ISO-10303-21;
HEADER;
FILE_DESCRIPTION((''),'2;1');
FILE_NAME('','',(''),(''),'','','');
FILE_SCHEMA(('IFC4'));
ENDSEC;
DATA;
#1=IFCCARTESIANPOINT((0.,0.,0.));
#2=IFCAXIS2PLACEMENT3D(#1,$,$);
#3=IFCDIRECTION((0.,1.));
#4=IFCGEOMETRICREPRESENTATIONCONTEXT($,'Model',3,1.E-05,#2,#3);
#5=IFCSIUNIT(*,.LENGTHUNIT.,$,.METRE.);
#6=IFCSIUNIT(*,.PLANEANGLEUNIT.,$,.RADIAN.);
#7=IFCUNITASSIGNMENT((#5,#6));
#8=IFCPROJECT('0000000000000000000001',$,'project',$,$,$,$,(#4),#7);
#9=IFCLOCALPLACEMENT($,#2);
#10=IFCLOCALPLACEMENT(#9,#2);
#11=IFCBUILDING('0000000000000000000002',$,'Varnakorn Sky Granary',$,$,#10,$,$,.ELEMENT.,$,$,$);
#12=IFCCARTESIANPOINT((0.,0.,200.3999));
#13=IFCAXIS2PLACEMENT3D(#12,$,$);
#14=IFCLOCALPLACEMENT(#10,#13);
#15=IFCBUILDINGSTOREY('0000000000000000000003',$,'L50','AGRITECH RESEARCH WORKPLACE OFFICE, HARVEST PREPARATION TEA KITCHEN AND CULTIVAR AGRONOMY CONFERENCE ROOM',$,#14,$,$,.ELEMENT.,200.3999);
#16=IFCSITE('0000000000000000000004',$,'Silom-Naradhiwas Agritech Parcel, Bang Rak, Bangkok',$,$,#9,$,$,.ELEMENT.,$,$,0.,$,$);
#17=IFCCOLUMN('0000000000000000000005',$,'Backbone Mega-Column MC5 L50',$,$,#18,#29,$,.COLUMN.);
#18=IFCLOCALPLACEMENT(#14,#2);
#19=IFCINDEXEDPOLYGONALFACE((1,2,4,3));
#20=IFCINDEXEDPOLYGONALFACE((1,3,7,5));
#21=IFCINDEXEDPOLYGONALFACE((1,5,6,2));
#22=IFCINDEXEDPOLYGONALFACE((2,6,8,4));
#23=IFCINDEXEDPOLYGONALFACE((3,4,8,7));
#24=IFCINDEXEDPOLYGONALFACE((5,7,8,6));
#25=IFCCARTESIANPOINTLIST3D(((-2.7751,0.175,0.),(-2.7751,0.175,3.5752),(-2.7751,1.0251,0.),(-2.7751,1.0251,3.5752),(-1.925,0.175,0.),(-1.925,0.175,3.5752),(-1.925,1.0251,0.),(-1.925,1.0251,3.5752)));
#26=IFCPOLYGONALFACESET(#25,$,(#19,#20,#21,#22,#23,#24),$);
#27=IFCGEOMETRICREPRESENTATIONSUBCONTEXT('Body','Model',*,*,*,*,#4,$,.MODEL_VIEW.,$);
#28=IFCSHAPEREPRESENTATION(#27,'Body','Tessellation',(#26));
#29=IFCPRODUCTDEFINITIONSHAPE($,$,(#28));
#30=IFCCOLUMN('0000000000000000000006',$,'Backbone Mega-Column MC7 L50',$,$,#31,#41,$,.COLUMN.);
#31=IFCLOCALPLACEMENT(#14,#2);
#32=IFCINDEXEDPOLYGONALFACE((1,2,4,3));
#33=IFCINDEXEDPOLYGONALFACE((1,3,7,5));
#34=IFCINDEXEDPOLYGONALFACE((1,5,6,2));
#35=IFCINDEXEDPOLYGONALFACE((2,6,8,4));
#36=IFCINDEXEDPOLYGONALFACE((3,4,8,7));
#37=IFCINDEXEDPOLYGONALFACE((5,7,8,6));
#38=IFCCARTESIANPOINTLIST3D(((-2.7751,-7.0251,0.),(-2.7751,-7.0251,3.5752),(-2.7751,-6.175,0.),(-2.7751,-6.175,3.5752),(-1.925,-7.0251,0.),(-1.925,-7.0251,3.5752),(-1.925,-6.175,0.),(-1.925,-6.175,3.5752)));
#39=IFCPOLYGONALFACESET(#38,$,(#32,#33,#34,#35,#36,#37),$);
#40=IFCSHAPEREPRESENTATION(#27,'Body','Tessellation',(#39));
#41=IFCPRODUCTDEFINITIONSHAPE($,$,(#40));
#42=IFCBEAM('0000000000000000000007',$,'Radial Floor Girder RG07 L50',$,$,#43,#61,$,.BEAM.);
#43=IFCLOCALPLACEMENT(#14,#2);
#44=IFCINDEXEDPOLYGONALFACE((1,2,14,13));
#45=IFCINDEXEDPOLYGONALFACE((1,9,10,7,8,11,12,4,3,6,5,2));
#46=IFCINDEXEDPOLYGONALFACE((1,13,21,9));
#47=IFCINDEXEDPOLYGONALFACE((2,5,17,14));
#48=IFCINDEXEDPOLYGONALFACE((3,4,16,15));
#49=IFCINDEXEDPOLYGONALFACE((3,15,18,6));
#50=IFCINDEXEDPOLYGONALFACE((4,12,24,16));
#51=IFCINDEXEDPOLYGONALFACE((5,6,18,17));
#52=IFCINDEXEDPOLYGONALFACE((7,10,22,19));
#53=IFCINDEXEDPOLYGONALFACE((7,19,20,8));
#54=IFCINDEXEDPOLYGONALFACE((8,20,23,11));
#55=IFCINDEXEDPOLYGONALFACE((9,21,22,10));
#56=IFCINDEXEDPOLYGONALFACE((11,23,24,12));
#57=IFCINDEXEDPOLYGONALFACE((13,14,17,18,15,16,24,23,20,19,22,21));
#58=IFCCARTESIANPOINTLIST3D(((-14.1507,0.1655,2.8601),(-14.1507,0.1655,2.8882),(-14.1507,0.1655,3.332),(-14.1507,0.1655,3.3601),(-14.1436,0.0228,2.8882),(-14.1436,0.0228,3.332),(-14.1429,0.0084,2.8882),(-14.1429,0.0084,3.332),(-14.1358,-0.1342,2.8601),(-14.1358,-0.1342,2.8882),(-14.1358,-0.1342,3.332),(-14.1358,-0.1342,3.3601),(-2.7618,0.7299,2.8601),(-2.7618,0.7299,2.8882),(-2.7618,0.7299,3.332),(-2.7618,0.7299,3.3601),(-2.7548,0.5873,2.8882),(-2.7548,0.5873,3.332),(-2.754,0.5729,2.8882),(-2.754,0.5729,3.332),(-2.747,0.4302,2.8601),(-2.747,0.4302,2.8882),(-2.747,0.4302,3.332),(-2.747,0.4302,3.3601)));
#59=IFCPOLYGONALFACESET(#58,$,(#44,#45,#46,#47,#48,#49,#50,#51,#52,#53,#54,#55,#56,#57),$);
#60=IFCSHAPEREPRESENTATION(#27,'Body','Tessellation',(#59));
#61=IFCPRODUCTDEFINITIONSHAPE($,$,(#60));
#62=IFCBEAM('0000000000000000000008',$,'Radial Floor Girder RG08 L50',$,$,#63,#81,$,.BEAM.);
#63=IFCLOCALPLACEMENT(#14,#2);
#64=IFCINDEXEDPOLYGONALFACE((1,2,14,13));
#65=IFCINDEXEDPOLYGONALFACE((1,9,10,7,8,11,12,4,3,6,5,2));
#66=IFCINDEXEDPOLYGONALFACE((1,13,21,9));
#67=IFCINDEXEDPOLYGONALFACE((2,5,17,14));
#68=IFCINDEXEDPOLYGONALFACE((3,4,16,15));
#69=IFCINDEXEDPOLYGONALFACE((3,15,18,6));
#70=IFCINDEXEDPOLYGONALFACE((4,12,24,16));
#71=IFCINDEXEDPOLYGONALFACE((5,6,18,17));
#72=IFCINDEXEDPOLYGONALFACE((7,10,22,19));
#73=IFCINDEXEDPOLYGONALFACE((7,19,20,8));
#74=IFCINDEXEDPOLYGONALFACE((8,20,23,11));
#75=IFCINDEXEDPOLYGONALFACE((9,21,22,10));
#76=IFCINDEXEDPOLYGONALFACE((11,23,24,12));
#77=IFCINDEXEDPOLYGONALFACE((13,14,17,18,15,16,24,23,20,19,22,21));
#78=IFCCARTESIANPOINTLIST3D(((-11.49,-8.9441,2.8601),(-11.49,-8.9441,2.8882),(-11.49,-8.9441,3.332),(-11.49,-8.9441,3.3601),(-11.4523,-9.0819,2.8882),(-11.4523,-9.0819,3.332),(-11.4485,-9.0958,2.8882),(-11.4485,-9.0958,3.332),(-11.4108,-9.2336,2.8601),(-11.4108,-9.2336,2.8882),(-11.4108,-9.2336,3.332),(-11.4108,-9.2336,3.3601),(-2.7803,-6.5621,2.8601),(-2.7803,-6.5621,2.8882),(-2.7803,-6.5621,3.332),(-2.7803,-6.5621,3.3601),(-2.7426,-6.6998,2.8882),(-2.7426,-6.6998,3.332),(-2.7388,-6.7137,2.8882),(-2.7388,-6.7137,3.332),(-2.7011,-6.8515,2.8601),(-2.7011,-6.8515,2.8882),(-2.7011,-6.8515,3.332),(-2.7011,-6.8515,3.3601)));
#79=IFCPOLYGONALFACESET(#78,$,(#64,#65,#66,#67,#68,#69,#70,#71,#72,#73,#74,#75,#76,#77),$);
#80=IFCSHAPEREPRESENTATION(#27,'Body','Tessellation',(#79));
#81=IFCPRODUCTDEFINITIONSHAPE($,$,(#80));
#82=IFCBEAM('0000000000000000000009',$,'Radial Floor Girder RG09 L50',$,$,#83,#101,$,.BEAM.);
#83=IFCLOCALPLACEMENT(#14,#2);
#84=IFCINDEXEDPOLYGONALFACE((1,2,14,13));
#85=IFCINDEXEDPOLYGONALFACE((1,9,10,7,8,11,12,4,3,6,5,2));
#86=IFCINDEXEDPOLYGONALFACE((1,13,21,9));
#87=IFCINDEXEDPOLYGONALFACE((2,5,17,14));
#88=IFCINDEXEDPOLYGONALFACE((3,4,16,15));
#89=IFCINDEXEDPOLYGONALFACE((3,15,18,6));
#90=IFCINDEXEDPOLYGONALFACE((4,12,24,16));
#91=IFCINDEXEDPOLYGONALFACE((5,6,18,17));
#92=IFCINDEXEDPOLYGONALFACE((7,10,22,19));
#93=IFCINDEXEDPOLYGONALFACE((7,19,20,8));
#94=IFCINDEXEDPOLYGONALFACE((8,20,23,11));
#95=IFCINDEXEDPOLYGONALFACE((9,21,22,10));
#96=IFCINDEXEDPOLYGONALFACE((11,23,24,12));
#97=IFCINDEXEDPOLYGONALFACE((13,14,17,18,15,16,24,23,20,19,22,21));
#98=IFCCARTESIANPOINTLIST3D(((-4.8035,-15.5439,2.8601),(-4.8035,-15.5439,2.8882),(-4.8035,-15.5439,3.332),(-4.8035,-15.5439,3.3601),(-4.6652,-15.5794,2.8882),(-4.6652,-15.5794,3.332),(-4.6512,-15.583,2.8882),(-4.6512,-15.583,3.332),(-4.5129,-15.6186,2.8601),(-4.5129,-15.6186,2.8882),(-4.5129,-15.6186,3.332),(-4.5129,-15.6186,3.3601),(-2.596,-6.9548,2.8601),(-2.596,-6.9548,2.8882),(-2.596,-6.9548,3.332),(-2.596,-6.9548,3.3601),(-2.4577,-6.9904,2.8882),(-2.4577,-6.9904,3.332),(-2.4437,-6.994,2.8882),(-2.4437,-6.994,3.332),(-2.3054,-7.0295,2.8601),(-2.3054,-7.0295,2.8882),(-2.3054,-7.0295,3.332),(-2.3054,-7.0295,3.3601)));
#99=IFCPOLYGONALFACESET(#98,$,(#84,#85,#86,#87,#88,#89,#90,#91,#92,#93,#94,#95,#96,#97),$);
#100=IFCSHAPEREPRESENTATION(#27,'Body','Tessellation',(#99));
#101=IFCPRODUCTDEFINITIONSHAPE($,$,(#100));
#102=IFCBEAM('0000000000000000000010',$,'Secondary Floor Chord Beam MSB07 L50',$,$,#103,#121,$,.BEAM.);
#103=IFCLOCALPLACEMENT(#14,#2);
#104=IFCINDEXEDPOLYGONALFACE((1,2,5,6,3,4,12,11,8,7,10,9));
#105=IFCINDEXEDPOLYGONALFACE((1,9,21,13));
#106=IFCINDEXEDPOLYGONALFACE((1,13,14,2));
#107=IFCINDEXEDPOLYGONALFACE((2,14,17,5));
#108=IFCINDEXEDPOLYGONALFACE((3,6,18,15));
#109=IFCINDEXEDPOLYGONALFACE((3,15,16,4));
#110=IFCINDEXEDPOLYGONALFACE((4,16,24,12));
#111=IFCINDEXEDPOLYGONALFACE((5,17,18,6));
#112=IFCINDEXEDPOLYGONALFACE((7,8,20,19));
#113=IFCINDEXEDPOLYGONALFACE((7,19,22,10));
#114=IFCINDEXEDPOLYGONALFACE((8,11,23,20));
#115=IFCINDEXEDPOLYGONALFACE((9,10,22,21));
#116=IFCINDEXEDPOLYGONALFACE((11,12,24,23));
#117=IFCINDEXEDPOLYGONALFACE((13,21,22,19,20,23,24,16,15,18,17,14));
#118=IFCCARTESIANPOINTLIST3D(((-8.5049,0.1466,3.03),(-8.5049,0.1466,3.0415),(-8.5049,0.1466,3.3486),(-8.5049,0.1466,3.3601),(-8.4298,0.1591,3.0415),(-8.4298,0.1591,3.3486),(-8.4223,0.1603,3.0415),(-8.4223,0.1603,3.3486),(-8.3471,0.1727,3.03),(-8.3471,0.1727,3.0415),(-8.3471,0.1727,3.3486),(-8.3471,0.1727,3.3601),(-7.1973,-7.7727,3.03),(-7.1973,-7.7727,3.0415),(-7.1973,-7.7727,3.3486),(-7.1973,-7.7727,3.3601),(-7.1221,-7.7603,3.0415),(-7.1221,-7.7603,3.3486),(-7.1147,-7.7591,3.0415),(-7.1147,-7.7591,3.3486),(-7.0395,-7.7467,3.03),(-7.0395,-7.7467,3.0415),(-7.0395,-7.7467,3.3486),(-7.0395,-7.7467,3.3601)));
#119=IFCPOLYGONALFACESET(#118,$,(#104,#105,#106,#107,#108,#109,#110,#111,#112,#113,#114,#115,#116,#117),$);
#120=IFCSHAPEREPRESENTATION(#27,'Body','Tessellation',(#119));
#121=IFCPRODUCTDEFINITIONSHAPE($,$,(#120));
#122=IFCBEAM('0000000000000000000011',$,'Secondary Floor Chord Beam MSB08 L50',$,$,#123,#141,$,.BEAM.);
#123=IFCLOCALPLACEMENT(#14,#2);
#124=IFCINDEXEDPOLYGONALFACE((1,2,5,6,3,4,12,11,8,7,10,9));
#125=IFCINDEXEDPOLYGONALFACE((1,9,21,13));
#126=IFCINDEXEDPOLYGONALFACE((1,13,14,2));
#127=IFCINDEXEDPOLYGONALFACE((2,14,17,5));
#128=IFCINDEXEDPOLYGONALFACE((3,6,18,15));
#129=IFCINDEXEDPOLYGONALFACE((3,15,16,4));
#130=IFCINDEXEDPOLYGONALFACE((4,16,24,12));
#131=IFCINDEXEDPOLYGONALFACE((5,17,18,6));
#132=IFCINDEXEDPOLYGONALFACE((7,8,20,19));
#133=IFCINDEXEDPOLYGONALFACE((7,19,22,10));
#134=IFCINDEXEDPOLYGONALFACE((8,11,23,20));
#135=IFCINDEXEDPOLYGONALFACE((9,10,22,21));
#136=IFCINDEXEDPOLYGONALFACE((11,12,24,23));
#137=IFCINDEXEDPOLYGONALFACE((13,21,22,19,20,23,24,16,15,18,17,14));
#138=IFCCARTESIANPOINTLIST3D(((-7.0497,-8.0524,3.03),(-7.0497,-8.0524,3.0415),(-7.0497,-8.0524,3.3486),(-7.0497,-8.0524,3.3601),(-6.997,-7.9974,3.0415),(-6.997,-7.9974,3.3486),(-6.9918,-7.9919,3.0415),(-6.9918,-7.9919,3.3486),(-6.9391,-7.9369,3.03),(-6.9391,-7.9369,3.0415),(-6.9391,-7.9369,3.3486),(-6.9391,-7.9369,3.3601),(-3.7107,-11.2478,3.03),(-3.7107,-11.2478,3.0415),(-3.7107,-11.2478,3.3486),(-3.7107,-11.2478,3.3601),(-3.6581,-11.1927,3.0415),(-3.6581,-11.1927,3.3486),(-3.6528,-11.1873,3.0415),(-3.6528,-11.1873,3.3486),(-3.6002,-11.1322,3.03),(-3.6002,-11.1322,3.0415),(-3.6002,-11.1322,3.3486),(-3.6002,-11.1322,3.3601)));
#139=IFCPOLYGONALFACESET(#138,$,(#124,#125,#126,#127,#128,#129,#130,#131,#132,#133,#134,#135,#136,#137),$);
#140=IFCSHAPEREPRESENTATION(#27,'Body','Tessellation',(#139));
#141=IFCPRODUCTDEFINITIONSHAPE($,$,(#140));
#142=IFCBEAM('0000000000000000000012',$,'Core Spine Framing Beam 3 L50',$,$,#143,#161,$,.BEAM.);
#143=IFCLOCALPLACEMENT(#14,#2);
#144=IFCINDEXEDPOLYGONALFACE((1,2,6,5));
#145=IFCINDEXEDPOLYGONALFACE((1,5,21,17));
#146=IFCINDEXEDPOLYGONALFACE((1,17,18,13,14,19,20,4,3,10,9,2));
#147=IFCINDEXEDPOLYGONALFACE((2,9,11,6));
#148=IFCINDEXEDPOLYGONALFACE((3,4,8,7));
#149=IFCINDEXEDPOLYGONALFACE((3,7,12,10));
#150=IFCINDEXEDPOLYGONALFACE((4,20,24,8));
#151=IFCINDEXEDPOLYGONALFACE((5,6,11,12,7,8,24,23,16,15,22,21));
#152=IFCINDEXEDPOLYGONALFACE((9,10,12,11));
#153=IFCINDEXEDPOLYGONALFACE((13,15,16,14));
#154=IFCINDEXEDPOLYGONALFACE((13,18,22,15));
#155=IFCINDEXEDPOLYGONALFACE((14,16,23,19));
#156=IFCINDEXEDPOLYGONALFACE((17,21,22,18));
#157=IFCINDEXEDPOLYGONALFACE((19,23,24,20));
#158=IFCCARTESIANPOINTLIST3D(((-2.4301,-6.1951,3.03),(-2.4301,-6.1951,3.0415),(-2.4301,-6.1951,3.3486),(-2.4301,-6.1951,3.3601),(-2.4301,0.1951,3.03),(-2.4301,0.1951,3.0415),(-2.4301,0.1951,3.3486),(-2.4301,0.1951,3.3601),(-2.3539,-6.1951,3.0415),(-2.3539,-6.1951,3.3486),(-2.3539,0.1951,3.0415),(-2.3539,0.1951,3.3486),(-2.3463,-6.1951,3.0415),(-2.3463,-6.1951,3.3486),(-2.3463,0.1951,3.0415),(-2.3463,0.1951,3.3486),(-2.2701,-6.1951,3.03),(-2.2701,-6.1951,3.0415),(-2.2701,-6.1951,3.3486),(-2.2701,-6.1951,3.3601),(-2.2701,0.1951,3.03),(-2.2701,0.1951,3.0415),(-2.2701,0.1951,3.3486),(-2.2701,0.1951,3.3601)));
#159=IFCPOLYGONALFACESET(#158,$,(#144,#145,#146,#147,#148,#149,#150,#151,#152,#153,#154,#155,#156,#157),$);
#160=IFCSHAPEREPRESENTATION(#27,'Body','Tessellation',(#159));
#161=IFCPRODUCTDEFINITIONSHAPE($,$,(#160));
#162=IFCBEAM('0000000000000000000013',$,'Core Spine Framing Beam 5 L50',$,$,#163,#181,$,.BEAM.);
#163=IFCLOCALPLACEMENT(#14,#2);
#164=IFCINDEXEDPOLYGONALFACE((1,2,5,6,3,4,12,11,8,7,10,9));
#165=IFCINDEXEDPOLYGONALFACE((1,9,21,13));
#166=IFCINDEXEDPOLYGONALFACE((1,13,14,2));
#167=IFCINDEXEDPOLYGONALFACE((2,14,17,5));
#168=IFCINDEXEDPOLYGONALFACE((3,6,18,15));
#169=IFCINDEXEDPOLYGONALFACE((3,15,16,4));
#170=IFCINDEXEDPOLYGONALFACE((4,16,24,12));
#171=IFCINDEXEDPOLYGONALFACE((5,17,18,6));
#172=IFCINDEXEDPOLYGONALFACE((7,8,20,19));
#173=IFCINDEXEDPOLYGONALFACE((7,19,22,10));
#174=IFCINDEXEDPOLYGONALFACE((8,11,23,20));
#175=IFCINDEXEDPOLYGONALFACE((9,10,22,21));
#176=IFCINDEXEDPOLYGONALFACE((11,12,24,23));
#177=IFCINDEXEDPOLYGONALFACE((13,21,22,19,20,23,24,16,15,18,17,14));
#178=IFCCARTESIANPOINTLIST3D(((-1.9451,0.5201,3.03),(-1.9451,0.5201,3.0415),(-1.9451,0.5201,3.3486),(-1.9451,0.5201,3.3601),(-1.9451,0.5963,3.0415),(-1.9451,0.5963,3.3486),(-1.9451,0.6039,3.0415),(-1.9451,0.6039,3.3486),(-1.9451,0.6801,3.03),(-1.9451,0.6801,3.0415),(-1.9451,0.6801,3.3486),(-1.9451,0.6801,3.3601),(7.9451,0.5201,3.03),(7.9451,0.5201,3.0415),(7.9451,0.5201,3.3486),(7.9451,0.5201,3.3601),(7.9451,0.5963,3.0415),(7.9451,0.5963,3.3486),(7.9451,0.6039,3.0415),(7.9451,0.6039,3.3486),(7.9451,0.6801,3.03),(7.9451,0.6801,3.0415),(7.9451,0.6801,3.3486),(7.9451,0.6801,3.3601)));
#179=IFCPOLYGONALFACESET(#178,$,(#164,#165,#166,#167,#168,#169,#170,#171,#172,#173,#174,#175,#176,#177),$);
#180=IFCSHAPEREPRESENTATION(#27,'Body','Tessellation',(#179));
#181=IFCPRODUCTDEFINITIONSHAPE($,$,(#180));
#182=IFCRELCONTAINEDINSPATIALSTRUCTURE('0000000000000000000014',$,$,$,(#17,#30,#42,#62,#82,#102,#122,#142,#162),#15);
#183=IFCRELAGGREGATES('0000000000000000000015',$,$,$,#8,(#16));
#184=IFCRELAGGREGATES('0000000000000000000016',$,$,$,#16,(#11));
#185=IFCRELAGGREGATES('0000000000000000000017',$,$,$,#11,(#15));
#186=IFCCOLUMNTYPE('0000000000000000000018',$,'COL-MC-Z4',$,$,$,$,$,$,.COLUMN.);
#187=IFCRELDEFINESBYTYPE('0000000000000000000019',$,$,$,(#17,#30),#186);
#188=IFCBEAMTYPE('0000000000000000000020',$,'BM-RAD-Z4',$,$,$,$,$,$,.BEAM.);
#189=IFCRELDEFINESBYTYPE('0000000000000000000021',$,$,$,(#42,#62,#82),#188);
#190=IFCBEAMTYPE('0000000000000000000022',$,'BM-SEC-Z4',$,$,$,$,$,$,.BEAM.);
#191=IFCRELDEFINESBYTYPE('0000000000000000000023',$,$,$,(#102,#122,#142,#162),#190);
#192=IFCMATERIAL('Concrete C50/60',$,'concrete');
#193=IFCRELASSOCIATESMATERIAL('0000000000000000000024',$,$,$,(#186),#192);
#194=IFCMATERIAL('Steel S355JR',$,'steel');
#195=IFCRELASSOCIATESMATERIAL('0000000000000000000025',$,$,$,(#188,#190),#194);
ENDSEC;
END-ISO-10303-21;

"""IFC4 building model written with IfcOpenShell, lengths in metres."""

from ifc_helpers import new_model, si_unit, direction, frame, origin, origin_2d, place, context, subcontext, project, spatial, rectangle, i_section, extrude, material, material_profile, profile_set, type_object, element, save


model = new_model("IFC4")

# Units and contexts
model_context = context("Model", 3, precision=1e-05, world=origin(), true_north=direction((0.0, 1.0)))
body_context = subcontext(model_context, "Body", "Model", "MODEL_VIEW")
ifc_project = project(units=[si_unit("LENGTHUNIT", "METRE"), si_unit("PLANEANGLEUNIT", "RADIAN")], contexts=[model_context])

# Site, building, storey
site_placement = place(None, origin())
site = spatial("IfcSite", under=ifc_project, at=site_placement, Name="Silom-Naradhiwas Agritech Parcel, Bang Rak, Bangkok", CompositionType="ELEMENT", RefElevation=0.0)
building_placement = place(site_placement, origin())
building = spatial("IfcBuilding", under=site, at=building_placement, Name="Varnakorn Sky Granary", CompositionType="ELEMENT")
storey_placement = place(building_placement, frame((0.0, 0.0, 200.3999)))
storey = spatial("IfcBuildingStorey", under=building, at=storey_placement, Name="L50", Description="AGRITECH RESEARCH WORKPLACE OFFICE, HARVEST PREPARATION TEA KITCHEN AND CULTIVAR AGRONOMY CONFERENCE ROOM", CompositionType="ELEMENT", Elevation=200.3999)

# Columns
ifc_material_1 = material(Name="Concrete C50/60", Category="concrete")
ifc_material_profile_1 = material_profile(ifc_material_1, rectangle(XDim=0.8501, YDim=0.8501, at=origin_2d()), Name="RC 850x850")
ifc_profile_set_1 = profile_set([ifc_material_profile_1], Name="Concrete C50/60")
column_type = type_object("IfcColumnType", Name="COL-MC-Z4", PredefinedType="COLUMN", material=ifc_profile_set_1)
for number, where, z_axis, x_axis, name in (
    (1, (-2.3501, 0.6001, 0.0), (0.0, 0.0, 1.0), (1.0, 0.0, 0.0), "Backbone Mega-Column MC5 L50"),
    (2, (-2.3501, -6.6001, 0.0), (0.0, 0.0, 1.0), (1.0, 0.0, 0.0), "Backbone Mega-Column MC7 L50"),
):
    element("IfcColumn", number, at=place(storey_placement, frame(where, z_axis=z_axis, x_axis=x_axis)), inside=storey, type_object=column_type, Name=name, PredefinedType="COLUMN", context=body_context, shape_type="SweptSolid", body=[
        extrude(rectangle(XDim=0.8501, YDim=0.8501, at=origin_2d()), origin(), (0.0, 0.0, 1.0), 3.5752),
    ])

# Beams
ifc_material_2 = material(Name="Steel S355JR", Category="steel")
ifc_material_profile_2 = material_profile(ifc_material_2, i_section(OverallWidth=0.3, OverallDepth=0.5, WebThickness=0.0144, FlangeThickness=0.0281, at=origin_2d()), Name="HE 500 B")
ifc_profile_set_2 = profile_set([ifc_material_profile_2], Name="Steel S355JR")
beam_type_1 = type_object("IfcBeamType", Name="BM-RAD-Z4", PredefinedType="BEAM", material=ifc_profile_set_2)
beam_1_placement = place(storey_placement, frame((-2.7544, 0.5801, 3.1101), z_axis=(-0.998774, -0.049501, 0.0), x_axis=(0.049501, -0.998774, 0.0)))
element("IfcBeam", 3, at=beam_1_placement, inside=storey, type_object=beam_type_1, Name="Radial Floor Girder RG07 L50", PredefinedType="BEAM", context=body_context, shape_type="SweptSolid", body=[
    extrude(i_section(OverallWidth=0.3, OverallDepth=0.5, WebThickness=0.0144, FlangeThickness=0.0281, at=origin_2d()), origin(), (0.0, 0.0, 1.0), 11.4028),
])
beam_2_placement = place(storey_placement, frame((-2.7407, -6.7068, 3.1101), z_axis=(-0.964575, -0.263808, 0.0), x_axis=(0.263808, -0.964575, 0.0)))
element("IfcBeam", 4, at=beam_2_placement, inside=storey, type_object=beam_type_1, Name="Radial Floor Girder RG08 L50", PredefinedType="BEAM", context=body_context, shape_type="SweptSolid", body=[
    extrude(i_section(OverallWidth=0.3, OverallDepth=0.5, WebThickness=0.0144, FlangeThickness=0.0281, at=origin_2d()), origin(), (0.0, 0.0, 1.0), 9.0295),
])
beam_3_placement = place(storey_placement, frame((-2.4507, -6.9922, 3.1101), z_axis=(-0.248924, -0.968523, 0.0), x_axis=(0.968523, -0.248924, 0.0)))
element("IfcBeam", 5, at=beam_3_placement, inside=storey, type_object=beam_type_1, Name="Radial Floor Girder RG09 L50", PredefinedType="BEAM", context=body_context, shape_type="SweptSolid", body=[
    extrude(i_section(OverallWidth=0.3, OverallDepth=0.5, WebThickness=0.0144, FlangeThickness=0.0281, at=origin_2d()), origin(), (0.0, 0.0, 1.0), 8.8682),
])
ifc_material_profile_3 = material_profile(ifc_material_2, i_section(OverallWidth=0.1599, OverallDepth=0.3301, WebThickness=0.0076, FlangeThickness=0.0115, at=origin_2d()), Name="IPE 330")
ifc_profile_set_3 = profile_set([ifc_material_profile_3], Name="Steel S355JR")
beam_type_2 = type_object("IfcBeamType", Name="BM-SEC-Z4", PredefinedType="BEAM", material=ifc_profile_set_3)
beam_4_placement = place(storey_placement, frame((-8.426, 0.1597, 3.1951), z_axis=(0.162909, -0.986641, 0.0), x_axis=(0.986641, 0.162909, 0.0)))
element("IfcBeam", 6, at=beam_4_placement, inside=storey, type_object=beam_type_2, Name="Secondary Floor Chord Beam MSB07 L50", PredefinedType="BEAM", context=body_context, shape_type="SweptSolid", body=[
    extrude(i_section(OverallWidth=0.1599, OverallDepth=0.3301, WebThickness=0.0076, FlangeThickness=0.0115, at=origin_2d()), origin(), (0.0, 0.0, 1.0), 8.0266),
])
beam_5_placement = place(storey_placement, frame((-6.9944, -7.9946, 3.1951), z_axis=(0.722467, -0.691405, 0.0), x_axis=(0.691405, 0.722467, 0.0)))
element("IfcBeam", 7, at=beam_5_placement, inside=storey, type_object=beam_type_2, Name="Secondary Floor Chord Beam MSB08 L50", PredefinedType="BEAM", context=body_context, shape_type="SweptSolid", body=[
    extrude(i_section(OverallWidth=0.1599, OverallDepth=0.3301, WebThickness=0.0076, FlangeThickness=0.0115, at=origin_2d()), origin(), (0.0, 0.0, 1.0), 4.6216),
])
beam_6_placement = place(storey_placement, frame((-2.3501, 0.1951, 3.1951), z_axis=(0.0, -1.0, 0.0), x_axis=(1.0, 0.0, 0.0)))
element("IfcBeam", 8, at=beam_6_placement, inside=storey, type_object=beam_type_2, Name="Core Spine Framing Beam 3 L50", PredefinedType="BEAM", context=body_context, shape_type="SweptSolid", body=[
    extrude(i_section(OverallWidth=0.1599, OverallDepth=0.3301, WebThickness=0.0076, FlangeThickness=0.0115, at=origin_2d()), origin(), (0.0, 0.0, 1.0), 6.3901),
])
for number, where, z_axis, x_axis, name in (
    (9, (-1.9451, 0.6001, 3.1951), (1.0, 0.0, 0.0), (0.0, 1.0, 0.0), "Core Spine Framing Beam 5 L50"),
):
    element("IfcBeam", number, at=place(storey_placement, frame(where, z_axis=z_axis, x_axis=x_axis)), inside=storey, type_object=beam_type_2, Name=name, PredefinedType="BEAM", context=body_context, shape_type="SweptSolid", body=[
        extrude(i_section(OverallWidth=0.1599, OverallDepth=0.3301, WebThickness=0.0076, FlangeThickness=0.0115, at=origin_2d()), origin(), (0.0, 0.0, 1.0), 9.8901),
    ])

save(model, "model.ifc")
